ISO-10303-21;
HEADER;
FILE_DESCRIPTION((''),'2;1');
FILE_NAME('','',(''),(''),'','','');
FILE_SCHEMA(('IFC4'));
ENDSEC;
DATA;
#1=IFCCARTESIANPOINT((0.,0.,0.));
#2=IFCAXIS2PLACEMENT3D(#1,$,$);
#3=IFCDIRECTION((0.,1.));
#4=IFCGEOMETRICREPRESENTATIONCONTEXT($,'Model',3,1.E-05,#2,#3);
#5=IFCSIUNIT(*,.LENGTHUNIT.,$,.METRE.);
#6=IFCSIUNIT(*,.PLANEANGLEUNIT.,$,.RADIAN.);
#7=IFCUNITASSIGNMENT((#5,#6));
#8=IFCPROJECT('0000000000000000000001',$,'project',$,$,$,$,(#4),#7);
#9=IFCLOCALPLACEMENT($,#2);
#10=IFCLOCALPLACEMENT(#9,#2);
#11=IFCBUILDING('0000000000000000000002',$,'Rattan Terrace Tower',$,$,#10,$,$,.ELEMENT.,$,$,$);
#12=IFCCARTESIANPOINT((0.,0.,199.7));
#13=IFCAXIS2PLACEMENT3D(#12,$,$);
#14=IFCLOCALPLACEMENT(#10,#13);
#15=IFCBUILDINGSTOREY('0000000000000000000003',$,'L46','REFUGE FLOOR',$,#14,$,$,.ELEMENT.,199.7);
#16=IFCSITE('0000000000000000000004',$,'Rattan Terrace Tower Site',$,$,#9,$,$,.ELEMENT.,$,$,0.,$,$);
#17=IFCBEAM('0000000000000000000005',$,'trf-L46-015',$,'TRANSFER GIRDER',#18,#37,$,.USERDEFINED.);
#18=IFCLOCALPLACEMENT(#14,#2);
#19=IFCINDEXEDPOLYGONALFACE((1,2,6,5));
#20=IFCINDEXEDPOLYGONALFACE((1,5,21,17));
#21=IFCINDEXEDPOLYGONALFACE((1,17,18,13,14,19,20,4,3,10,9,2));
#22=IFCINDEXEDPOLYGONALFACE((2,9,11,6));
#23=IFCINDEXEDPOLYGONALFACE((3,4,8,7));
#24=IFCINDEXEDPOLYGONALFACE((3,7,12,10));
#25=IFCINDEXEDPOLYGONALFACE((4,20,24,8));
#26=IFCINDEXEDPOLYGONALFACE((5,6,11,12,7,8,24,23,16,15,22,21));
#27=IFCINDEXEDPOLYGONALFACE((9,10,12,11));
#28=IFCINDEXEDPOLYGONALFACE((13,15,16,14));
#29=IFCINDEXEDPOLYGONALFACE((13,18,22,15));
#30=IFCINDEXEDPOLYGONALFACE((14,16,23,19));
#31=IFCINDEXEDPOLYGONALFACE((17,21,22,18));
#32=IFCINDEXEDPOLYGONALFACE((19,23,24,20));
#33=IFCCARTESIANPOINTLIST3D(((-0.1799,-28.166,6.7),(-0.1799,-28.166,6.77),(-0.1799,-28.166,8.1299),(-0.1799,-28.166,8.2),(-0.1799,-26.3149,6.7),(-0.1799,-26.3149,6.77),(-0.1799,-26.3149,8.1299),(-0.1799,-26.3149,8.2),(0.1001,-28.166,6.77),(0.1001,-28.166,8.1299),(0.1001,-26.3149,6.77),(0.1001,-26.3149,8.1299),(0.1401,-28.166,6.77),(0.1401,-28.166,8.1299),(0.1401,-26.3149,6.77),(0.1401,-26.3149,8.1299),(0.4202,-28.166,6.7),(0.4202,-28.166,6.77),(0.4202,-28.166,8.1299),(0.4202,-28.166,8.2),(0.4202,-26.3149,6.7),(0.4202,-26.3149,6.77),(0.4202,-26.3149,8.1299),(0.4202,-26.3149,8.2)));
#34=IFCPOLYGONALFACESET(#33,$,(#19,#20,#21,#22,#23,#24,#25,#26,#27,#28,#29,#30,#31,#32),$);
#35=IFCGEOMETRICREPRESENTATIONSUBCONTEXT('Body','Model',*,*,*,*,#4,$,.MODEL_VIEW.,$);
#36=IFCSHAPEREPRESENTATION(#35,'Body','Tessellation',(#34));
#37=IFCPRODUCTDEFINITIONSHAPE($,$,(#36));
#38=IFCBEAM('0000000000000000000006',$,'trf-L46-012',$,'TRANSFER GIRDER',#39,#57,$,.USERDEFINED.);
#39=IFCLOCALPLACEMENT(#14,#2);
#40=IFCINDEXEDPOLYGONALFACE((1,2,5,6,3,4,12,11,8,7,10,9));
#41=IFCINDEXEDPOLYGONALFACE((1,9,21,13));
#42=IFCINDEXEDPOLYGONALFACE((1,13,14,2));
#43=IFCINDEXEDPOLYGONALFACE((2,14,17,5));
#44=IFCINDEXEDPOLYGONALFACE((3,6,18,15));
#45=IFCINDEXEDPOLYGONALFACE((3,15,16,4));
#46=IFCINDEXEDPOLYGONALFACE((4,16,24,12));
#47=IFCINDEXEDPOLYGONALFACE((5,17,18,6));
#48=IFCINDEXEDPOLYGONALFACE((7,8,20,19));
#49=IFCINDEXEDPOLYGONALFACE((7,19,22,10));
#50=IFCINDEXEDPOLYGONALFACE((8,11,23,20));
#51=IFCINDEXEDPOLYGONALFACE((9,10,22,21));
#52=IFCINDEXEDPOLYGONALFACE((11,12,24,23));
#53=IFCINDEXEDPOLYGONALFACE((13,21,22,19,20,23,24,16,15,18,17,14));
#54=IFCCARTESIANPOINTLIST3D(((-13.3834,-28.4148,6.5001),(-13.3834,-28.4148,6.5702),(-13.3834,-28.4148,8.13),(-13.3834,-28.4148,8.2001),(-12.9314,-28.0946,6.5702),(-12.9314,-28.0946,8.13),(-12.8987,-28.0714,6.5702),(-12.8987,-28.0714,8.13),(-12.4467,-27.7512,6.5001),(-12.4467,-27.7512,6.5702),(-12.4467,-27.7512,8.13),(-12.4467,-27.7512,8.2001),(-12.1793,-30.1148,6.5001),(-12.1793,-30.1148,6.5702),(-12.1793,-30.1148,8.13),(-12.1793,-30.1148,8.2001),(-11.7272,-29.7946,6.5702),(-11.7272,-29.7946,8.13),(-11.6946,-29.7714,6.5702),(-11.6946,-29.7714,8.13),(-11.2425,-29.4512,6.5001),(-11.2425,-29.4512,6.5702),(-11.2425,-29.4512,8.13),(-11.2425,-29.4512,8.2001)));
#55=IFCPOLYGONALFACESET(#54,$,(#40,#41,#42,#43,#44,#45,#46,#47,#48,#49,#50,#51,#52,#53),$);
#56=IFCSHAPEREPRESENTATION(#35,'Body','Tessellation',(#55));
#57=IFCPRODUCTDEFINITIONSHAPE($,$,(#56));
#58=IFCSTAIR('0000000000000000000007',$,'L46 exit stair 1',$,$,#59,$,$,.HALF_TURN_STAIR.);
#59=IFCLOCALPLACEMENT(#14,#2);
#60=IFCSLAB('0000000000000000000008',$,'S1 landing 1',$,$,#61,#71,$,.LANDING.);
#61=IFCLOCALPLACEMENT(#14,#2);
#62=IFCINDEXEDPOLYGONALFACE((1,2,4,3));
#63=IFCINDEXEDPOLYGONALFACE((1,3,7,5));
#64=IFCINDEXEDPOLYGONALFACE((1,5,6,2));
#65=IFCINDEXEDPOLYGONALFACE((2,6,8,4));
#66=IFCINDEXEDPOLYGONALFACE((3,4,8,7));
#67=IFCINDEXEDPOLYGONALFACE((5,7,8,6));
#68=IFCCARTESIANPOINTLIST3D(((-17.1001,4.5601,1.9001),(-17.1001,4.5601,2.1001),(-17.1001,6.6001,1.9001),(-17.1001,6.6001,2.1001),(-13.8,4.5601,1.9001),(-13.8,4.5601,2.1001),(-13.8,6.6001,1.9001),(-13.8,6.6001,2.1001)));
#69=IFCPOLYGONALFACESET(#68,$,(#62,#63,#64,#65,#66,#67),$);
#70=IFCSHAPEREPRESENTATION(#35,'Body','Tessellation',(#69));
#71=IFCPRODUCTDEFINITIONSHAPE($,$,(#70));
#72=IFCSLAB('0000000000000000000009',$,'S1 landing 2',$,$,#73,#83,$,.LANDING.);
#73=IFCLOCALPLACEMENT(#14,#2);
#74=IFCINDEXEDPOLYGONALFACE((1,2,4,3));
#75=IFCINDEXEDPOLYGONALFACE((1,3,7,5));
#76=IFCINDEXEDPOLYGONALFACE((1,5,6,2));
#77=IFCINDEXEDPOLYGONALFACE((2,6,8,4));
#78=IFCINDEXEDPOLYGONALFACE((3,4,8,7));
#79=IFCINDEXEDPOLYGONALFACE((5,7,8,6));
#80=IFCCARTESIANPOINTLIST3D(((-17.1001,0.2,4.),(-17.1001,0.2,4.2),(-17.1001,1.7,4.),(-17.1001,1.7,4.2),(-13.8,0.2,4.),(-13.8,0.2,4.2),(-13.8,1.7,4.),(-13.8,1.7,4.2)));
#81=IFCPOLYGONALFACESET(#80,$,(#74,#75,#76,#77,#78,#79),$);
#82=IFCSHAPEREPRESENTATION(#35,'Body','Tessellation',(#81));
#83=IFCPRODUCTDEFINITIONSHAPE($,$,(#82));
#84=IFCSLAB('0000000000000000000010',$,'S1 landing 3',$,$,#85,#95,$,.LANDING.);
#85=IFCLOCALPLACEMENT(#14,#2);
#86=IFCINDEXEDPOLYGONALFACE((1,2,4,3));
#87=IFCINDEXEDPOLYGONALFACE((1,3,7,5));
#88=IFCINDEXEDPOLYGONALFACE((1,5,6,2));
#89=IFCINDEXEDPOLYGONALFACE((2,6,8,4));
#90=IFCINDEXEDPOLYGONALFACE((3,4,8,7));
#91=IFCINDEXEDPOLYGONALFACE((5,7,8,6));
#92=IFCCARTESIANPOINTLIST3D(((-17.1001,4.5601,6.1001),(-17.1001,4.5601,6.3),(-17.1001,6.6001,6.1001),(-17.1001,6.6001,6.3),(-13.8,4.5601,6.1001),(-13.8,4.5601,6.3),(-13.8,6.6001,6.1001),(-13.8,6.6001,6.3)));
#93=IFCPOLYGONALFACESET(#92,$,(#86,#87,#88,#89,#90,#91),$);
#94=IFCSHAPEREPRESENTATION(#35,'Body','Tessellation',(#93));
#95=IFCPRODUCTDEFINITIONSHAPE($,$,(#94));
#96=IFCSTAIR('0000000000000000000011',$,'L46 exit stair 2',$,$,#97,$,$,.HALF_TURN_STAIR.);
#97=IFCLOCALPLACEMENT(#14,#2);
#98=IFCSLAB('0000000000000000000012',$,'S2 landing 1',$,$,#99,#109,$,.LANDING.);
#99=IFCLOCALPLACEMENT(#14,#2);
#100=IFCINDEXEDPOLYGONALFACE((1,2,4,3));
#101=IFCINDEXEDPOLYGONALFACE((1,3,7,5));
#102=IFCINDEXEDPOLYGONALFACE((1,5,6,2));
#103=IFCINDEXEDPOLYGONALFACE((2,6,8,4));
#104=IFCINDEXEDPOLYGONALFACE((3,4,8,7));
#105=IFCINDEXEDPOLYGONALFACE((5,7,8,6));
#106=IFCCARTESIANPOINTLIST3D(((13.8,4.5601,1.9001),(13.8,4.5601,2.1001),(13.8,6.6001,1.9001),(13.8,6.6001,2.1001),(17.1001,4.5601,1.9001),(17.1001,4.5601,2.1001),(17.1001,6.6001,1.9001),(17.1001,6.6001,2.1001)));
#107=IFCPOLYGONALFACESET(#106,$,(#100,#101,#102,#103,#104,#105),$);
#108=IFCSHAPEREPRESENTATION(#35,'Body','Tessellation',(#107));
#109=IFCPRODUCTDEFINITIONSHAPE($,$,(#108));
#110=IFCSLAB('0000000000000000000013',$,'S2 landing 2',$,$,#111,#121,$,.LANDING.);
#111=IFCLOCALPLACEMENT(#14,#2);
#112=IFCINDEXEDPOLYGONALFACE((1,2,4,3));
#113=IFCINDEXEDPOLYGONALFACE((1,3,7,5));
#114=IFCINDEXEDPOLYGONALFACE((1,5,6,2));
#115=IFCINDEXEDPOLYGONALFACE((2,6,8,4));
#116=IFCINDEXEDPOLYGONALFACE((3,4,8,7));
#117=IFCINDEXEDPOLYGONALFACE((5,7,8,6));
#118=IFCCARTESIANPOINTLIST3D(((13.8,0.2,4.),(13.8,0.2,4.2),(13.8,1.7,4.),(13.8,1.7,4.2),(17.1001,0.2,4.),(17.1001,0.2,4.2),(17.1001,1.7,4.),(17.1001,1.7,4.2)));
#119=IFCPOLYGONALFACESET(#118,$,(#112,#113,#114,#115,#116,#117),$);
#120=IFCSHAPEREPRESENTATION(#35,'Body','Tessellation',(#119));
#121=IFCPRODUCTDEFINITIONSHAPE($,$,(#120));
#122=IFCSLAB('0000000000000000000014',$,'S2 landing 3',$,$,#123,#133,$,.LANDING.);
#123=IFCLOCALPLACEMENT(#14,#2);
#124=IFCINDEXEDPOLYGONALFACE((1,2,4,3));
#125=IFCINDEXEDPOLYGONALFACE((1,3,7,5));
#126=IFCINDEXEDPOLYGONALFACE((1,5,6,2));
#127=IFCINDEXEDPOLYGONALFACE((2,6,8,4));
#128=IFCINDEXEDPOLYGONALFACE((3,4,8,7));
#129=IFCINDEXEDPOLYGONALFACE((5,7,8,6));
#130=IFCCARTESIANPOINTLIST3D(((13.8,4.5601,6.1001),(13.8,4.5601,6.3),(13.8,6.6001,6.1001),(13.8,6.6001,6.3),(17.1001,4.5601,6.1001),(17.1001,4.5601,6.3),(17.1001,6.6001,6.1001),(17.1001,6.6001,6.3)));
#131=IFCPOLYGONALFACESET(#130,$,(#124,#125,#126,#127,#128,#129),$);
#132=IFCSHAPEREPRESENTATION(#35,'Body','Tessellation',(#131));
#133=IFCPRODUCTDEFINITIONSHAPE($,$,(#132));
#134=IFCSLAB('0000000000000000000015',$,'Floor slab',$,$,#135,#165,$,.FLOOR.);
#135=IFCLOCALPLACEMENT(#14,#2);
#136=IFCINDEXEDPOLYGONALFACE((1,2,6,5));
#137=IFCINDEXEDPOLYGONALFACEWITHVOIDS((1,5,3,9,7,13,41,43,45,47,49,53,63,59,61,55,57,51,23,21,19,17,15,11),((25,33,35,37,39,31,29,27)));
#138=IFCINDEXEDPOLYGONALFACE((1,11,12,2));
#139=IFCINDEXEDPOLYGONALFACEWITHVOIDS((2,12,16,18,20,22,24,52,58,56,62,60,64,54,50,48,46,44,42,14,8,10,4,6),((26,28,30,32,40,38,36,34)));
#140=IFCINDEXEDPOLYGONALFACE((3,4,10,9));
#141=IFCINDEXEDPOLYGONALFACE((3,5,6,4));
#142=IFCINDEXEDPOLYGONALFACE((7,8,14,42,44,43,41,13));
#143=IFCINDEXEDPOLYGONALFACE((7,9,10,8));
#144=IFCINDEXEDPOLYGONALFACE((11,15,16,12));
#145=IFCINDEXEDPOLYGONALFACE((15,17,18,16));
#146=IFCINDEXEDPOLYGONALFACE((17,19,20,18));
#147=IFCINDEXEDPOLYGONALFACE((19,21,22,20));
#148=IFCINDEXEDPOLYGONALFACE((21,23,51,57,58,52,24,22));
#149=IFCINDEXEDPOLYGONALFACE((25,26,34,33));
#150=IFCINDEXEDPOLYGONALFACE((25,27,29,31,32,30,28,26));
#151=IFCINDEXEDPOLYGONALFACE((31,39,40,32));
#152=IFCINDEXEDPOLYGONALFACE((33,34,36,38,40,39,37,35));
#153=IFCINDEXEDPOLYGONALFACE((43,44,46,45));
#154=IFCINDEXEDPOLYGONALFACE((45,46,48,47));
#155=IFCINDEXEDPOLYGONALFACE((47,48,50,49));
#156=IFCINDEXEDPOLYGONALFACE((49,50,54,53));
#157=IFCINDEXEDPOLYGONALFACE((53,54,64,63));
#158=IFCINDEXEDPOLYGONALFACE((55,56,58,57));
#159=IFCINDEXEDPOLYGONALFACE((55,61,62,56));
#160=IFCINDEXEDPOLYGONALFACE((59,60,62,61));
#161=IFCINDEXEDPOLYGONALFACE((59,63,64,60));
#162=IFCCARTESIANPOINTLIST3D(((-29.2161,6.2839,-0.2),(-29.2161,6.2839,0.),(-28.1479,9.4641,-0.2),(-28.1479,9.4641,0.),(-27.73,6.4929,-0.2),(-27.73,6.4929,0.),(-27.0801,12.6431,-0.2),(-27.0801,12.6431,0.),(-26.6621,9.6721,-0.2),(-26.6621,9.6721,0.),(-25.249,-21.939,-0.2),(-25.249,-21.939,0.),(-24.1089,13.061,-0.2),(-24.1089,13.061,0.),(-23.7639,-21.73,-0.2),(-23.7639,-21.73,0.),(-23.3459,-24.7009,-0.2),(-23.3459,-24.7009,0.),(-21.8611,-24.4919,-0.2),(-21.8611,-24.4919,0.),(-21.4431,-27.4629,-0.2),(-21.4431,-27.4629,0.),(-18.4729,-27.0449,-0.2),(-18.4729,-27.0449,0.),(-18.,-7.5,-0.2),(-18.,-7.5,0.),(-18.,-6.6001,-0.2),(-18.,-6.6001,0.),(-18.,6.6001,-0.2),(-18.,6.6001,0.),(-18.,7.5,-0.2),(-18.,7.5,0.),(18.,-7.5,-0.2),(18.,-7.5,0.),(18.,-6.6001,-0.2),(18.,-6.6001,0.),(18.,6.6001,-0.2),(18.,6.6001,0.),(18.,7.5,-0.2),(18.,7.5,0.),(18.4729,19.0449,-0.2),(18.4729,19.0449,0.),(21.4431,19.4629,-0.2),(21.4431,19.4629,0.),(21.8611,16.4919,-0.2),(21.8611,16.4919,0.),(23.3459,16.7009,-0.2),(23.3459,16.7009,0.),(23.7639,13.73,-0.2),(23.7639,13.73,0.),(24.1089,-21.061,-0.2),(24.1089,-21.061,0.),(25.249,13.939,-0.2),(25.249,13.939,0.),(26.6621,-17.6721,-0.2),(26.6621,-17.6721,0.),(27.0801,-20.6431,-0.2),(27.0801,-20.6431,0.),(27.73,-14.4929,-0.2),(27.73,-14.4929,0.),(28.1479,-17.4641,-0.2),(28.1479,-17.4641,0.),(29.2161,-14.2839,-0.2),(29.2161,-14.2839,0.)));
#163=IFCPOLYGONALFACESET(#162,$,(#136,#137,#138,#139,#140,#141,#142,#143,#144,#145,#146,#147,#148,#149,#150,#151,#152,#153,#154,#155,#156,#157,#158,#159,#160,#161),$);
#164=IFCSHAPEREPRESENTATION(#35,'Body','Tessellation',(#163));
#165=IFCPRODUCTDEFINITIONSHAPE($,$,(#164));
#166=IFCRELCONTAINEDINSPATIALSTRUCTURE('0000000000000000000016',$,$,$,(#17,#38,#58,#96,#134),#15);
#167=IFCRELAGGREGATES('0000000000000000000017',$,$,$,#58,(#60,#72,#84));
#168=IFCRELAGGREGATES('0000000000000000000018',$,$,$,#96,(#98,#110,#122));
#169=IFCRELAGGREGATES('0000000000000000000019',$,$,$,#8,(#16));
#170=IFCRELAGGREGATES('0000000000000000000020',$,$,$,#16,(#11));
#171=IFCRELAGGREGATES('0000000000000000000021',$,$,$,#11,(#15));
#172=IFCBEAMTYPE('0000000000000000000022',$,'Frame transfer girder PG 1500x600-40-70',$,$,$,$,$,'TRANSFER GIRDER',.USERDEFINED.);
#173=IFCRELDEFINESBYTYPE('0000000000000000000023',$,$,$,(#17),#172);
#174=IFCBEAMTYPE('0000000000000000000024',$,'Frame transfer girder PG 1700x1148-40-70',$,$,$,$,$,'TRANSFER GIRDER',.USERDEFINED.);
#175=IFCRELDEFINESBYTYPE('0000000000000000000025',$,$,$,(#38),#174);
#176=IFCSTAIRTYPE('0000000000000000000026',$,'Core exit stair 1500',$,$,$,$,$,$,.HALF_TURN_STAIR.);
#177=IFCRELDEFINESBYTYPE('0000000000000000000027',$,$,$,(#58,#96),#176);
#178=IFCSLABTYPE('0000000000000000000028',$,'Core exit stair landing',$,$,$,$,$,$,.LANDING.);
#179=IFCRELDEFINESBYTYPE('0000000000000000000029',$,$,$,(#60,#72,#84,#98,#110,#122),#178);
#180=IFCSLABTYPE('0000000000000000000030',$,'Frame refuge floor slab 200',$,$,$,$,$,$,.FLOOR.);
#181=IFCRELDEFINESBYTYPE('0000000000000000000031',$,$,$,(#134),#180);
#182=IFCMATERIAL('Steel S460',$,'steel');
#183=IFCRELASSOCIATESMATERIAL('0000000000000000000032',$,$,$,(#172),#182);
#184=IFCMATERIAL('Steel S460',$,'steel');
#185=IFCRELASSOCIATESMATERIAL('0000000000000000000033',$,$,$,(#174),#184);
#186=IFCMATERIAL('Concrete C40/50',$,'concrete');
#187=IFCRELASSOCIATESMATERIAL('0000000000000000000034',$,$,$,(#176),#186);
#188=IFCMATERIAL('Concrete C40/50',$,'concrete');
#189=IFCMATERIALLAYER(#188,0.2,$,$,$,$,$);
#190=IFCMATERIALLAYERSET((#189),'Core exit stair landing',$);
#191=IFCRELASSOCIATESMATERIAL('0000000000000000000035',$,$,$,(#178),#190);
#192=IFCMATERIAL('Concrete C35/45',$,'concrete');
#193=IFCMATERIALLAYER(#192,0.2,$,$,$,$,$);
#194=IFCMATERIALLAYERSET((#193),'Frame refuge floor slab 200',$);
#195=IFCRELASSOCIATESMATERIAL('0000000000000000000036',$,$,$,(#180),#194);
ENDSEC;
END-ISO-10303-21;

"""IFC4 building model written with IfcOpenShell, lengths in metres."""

from ifc_helpers import new_model, si_unit, direction, frame, origin, origin_2d, place, context, subcontext, project, spatial, polyline, i_section, outline, extrude, material, layer, layer_set, material_profile, profile_set, type_object, element, aggregate, save


model = new_model("IFC4")

# Units and contexts
model_context = context("Model", 3, precision=1e-05, world=origin(), true_north=direction((0.0, 1.0)))
body_context = subcontext(model_context, "Body", "Model", "MODEL_VIEW")
ifc_project = project(units=[si_unit("LENGTHUNIT", "METRE"), si_unit("PLANEANGLEUNIT", "RADIAN")], contexts=[model_context])

# Site, building, storey
site_placement = place(None, origin())
site = spatial("IfcSite", under=ifc_project, at=site_placement, Name="Rattan Terrace Tower Site", CompositionType="ELEMENT", RefElevation=0.0)
building_placement = place(site_placement, origin())
building = spatial("IfcBuilding", under=site, at=building_placement, Name="Rattan Terrace Tower", CompositionType="ELEMENT")
storey_placement = place(building_placement, frame((0.0, 0.0, 199.7)))
storey = spatial("IfcBuildingStorey", under=building, at=storey_placement, Name="L46", Description="REFUGE FLOOR", CompositionType="ELEMENT", Elevation=199.7)

# Beams
ifc_material_1 = material(Name="Steel S460", Category="steel")
ifc_material_profile_1 = material_profile(ifc_material_1, i_section(OverallWidth=0.6001, OverallDepth=1.5, WebThickness=0.04, FlangeThickness=0.0701, at=origin_2d()), Name="PG 1500x600-40-70")
ifc_profile_set_1 = profile_set([ifc_material_profile_1], Name="Steel S460")
beam_type_1 = type_object("IfcBeamType", Name="Frame transfer girder PG 1500x600-40-70", ElementType="TRANSFER GIRDER", PredefinedType="USERDEFINED", material=ifc_profile_set_1)
beam_1_placement = place(storey_placement, frame((0.1201, -28.166, 7.45), z_axis=(0.0, 1.0, 0.0), x_axis=(-1.0, 0.0, 0.0)))
element("IfcBeam", 1, at=beam_1_placement, inside=storey, type_object=beam_type_1, Name="trf-L46-015", ObjectType="TRANSFER GIRDER", PredefinedType="USERDEFINED", context=body_context, shape_type="SweptSolid", body=[
    extrude(i_section(OverallWidth=0.6001, OverallDepth=1.5, WebThickness=0.04, FlangeThickness=0.0701, at=origin_2d()), origin(), (0.0, 0.0, 1.0), 1.8511),
])
ifc_material_2 = material(Name="Steel S460", Category="steel")
ifc_material_profile_2 = material_profile(ifc_material_2, i_section(OverallWidth=1.1479, OverallDepth=1.7, WebThickness=0.04, FlangeThickness=0.0701, at=origin_2d()), Name="PG 1700x1148-40-70")
ifc_profile_set_2 = profile_set([ifc_material_profile_2], Name="Steel S460")
beam_type_2 = type_object("IfcBeamType", Name="Frame transfer girder PG 1700x1148-40-70", ElementType="TRANSFER GIRDER", PredefinedType="USERDEFINED", material=ifc_profile_set_2)
beam_2_placement = place(storey_placement, frame((-12.915, -28.083, 7.3501), z_axis=(0.578008, -0.816031, 0.0), x_axis=(0.816031, 0.578008, 0.0)))
element("IfcBeam", 2, at=beam_2_placement, inside=storey, type_object=beam_type_2, Name="trf-L46-012", ObjectType="TRANSFER GIRDER", PredefinedType="USERDEFINED", context=body_context, shape_type="SweptSolid", body=[
    extrude(i_section(OverallWidth=1.1479, OverallDepth=1.7, WebThickness=0.04, FlangeThickness=0.0701, at=origin_2d()), origin(), (0.0, 0.0, 1.0), 2.0833),
])

# Stairs, slabs
ifc_material_3 = material(Name="Concrete C40/50", Category="concrete")
stair_type = type_object("IfcStairType", Name="Core exit stair 1500", PredefinedType="HALF_TURN_STAIR", material=ifc_material_3)
stair_1_placement = place(storey_placement, origin())
stair_1 = element("IfcStair", 3, at=stair_1_placement, inside=storey, type_object=stair_type, Name="L46 exit stair 1", PredefinedType="HALF_TURN_STAIR")
ifc_material_4 = material(Name="Concrete C40/50", Category="concrete")
ifc_layer_1 = layer(ifc_material_4, 0.2)
ifc_layer_set_1 = layer_set([ifc_layer_1], Name="Core exit stair landing")
slab_type_1 = type_object("IfcSlabType", Name="Core exit stair landing", PredefinedType="LANDING", material=ifc_layer_set_1)
slab_1_placement = place(storey_placement, frame((0.0, 0.0, 1.9001)))
slab_1 = element("IfcSlab", 4, at=slab_1_placement, type_object=slab_type_1, Name="S1 landing 1", PredefinedType="LANDING", context=body_context, shape_type="SweptSolid", body=[
    extrude(outline(polyline([(-13.8, 4.5601), (-13.8, 6.6001), (-17.1001, 6.6001), (-17.1001, 4.5601), (-13.8, 4.5601)])), origin(), (0.0, 0.0, 1.0), 0.2),
])
slab_2_placement = place(storey_placement, frame((0.0, 0.0, 4.0)))
slab_2 = element("IfcSlab", 5, at=slab_2_placement, type_object=slab_type_1, Name="S1 landing 2", PredefinedType="LANDING", context=body_context, shape_type="SweptSolid", body=[
    extrude(outline(polyline([(-13.8, 0.2), (-13.8, 1.7), (-17.1001, 1.7), (-17.1001, 0.2), (-13.8, 0.2)])), origin(), (0.0, 0.0, 1.0), 0.2),
])
slab_3_placement = place(storey_placement, frame((0.0, 0.0, 6.1001)))
slab_3 = element("IfcSlab", 6, at=slab_3_placement, type_object=slab_type_1, Name="S1 landing 3", PredefinedType="LANDING", context=body_context, shape_type="SweptSolid", body=[
    extrude(outline(polyline([(-13.8, 4.5601), (-13.8, 6.6001), (-17.1001, 6.6001), (-17.1001, 4.5601), (-13.8, 4.5601)])), origin(), (0.0, 0.0, 1.0), 0.2),
])
aggregate(stair_1, [slab_1, slab_2, slab_3])
stair_2_placement = place(storey_placement, origin())
stair_2 = element("IfcStair", 7, at=stair_2_placement, inside=storey, type_object=stair_type, Name="L46 exit stair 2", PredefinedType="HALF_TURN_STAIR")
slab_4_placement = place(storey_placement, frame((0.0, 0.0, 1.9001)))
slab_4 = element("IfcSlab", 8, at=slab_4_placement, type_object=slab_type_1, Name="S2 landing 1", PredefinedType="LANDING", context=body_context, shape_type="SweptSolid", body=[
    extrude(outline(polyline([(17.1001, 4.5601), (17.1001, 6.6001), (13.8, 6.6001), (13.8, 4.5601), (17.1001, 4.5601)])), origin(), (0.0, 0.0, 1.0), 0.2),
])
slab_5_placement = place(storey_placement, frame((0.0, 0.0, 4.0)))
slab_5 = element("IfcSlab", 9, at=slab_5_placement, type_object=slab_type_1, Name="S2 landing 2", PredefinedType="LANDING", context=body_context, shape_type="SweptSolid", body=[
    extrude(outline(polyline([(17.1001, 0.2), (17.1001, 1.7), (13.8, 1.7), (13.8, 0.2), (17.1001, 0.2)])), origin(), (0.0, 0.0, 1.0), 0.2),
])
slab_6_placement = place(storey_placement, frame((0.0, 0.0, 6.1001)))
slab_6 = element("IfcSlab", 10, at=slab_6_placement, type_object=slab_type_1, Name="S2 landing 3", PredefinedType="LANDING", context=body_context, shape_type="SweptSolid", body=[
    extrude(outline(polyline([(17.1001, 4.5601), (17.1001, 6.6001), (13.8, 6.6001), (13.8, 4.5601), (17.1001, 4.5601)])), origin(), (0.0, 0.0, 1.0), 0.2),
])
aggregate(stair_2, [slab_4, slab_5, slab_6])

# Slab
ifc_material_5 = material(Name="Concrete C35/45", Category="concrete")
ifc_layer_2 = layer(ifc_material_5, 0.2)
ifc_layer_set_2 = layer_set([ifc_layer_2], Name="Frame refuge floor slab 200")
slab_type_2 = type_object("IfcSlabType", Name="Frame refuge floor slab 200", PredefinedType="FLOOR", material=ifc_layer_set_2)
slab_7_placement = place(storey_placement, frame((0.0, 0.0, -0.2)))
element("IfcSlab", 11, at=slab_7_placement, inside=storey, type_object=slab_type_2, Name="Floor slab", PredefinedType="FLOOR", context=body_context, shape_type="SweptSolid", body=[
    extrude(outline(polyline([(-18.4729, -27.0449), (24.1089, -21.061), (27.0801, -20.6431), (26.6621, -17.6721), (28.1479, -17.4641), (27.73, -14.4929), (29.2161, -14.2839), (25.249, 13.939), (23.7639, 13.73), (23.3459, 16.7009), (21.8611, 16.4919), (21.4431, 19.4629), (18.4729, 19.0449), (-24.1089, 13.061), (-27.0801, 12.6431), (-26.6621, 9.6721), (-28.1479, 9.4641), (-27.73, 6.4929), (-29.2161, 6.2839), (-25.249, -21.939), (-23.7639, -21.73), (-23.3459, -24.7009), (-21.8611, -24.4919), (-21.4431, -27.4629), (-18.4729, -27.0449)]), holes=[polyline([(-18.0, -7.5), (18.0, -7.5), (18.0, -6.6001), (18.0, 6.6001), (18.0, 7.5), (-18.0, 7.5), (-18.0, 6.6001), (-18.0, -6.6001), (-18.0, -7.5)])]), origin(), (0.0, 0.0, 1.0), 0.2),
])

save(model, "model.ifc")
